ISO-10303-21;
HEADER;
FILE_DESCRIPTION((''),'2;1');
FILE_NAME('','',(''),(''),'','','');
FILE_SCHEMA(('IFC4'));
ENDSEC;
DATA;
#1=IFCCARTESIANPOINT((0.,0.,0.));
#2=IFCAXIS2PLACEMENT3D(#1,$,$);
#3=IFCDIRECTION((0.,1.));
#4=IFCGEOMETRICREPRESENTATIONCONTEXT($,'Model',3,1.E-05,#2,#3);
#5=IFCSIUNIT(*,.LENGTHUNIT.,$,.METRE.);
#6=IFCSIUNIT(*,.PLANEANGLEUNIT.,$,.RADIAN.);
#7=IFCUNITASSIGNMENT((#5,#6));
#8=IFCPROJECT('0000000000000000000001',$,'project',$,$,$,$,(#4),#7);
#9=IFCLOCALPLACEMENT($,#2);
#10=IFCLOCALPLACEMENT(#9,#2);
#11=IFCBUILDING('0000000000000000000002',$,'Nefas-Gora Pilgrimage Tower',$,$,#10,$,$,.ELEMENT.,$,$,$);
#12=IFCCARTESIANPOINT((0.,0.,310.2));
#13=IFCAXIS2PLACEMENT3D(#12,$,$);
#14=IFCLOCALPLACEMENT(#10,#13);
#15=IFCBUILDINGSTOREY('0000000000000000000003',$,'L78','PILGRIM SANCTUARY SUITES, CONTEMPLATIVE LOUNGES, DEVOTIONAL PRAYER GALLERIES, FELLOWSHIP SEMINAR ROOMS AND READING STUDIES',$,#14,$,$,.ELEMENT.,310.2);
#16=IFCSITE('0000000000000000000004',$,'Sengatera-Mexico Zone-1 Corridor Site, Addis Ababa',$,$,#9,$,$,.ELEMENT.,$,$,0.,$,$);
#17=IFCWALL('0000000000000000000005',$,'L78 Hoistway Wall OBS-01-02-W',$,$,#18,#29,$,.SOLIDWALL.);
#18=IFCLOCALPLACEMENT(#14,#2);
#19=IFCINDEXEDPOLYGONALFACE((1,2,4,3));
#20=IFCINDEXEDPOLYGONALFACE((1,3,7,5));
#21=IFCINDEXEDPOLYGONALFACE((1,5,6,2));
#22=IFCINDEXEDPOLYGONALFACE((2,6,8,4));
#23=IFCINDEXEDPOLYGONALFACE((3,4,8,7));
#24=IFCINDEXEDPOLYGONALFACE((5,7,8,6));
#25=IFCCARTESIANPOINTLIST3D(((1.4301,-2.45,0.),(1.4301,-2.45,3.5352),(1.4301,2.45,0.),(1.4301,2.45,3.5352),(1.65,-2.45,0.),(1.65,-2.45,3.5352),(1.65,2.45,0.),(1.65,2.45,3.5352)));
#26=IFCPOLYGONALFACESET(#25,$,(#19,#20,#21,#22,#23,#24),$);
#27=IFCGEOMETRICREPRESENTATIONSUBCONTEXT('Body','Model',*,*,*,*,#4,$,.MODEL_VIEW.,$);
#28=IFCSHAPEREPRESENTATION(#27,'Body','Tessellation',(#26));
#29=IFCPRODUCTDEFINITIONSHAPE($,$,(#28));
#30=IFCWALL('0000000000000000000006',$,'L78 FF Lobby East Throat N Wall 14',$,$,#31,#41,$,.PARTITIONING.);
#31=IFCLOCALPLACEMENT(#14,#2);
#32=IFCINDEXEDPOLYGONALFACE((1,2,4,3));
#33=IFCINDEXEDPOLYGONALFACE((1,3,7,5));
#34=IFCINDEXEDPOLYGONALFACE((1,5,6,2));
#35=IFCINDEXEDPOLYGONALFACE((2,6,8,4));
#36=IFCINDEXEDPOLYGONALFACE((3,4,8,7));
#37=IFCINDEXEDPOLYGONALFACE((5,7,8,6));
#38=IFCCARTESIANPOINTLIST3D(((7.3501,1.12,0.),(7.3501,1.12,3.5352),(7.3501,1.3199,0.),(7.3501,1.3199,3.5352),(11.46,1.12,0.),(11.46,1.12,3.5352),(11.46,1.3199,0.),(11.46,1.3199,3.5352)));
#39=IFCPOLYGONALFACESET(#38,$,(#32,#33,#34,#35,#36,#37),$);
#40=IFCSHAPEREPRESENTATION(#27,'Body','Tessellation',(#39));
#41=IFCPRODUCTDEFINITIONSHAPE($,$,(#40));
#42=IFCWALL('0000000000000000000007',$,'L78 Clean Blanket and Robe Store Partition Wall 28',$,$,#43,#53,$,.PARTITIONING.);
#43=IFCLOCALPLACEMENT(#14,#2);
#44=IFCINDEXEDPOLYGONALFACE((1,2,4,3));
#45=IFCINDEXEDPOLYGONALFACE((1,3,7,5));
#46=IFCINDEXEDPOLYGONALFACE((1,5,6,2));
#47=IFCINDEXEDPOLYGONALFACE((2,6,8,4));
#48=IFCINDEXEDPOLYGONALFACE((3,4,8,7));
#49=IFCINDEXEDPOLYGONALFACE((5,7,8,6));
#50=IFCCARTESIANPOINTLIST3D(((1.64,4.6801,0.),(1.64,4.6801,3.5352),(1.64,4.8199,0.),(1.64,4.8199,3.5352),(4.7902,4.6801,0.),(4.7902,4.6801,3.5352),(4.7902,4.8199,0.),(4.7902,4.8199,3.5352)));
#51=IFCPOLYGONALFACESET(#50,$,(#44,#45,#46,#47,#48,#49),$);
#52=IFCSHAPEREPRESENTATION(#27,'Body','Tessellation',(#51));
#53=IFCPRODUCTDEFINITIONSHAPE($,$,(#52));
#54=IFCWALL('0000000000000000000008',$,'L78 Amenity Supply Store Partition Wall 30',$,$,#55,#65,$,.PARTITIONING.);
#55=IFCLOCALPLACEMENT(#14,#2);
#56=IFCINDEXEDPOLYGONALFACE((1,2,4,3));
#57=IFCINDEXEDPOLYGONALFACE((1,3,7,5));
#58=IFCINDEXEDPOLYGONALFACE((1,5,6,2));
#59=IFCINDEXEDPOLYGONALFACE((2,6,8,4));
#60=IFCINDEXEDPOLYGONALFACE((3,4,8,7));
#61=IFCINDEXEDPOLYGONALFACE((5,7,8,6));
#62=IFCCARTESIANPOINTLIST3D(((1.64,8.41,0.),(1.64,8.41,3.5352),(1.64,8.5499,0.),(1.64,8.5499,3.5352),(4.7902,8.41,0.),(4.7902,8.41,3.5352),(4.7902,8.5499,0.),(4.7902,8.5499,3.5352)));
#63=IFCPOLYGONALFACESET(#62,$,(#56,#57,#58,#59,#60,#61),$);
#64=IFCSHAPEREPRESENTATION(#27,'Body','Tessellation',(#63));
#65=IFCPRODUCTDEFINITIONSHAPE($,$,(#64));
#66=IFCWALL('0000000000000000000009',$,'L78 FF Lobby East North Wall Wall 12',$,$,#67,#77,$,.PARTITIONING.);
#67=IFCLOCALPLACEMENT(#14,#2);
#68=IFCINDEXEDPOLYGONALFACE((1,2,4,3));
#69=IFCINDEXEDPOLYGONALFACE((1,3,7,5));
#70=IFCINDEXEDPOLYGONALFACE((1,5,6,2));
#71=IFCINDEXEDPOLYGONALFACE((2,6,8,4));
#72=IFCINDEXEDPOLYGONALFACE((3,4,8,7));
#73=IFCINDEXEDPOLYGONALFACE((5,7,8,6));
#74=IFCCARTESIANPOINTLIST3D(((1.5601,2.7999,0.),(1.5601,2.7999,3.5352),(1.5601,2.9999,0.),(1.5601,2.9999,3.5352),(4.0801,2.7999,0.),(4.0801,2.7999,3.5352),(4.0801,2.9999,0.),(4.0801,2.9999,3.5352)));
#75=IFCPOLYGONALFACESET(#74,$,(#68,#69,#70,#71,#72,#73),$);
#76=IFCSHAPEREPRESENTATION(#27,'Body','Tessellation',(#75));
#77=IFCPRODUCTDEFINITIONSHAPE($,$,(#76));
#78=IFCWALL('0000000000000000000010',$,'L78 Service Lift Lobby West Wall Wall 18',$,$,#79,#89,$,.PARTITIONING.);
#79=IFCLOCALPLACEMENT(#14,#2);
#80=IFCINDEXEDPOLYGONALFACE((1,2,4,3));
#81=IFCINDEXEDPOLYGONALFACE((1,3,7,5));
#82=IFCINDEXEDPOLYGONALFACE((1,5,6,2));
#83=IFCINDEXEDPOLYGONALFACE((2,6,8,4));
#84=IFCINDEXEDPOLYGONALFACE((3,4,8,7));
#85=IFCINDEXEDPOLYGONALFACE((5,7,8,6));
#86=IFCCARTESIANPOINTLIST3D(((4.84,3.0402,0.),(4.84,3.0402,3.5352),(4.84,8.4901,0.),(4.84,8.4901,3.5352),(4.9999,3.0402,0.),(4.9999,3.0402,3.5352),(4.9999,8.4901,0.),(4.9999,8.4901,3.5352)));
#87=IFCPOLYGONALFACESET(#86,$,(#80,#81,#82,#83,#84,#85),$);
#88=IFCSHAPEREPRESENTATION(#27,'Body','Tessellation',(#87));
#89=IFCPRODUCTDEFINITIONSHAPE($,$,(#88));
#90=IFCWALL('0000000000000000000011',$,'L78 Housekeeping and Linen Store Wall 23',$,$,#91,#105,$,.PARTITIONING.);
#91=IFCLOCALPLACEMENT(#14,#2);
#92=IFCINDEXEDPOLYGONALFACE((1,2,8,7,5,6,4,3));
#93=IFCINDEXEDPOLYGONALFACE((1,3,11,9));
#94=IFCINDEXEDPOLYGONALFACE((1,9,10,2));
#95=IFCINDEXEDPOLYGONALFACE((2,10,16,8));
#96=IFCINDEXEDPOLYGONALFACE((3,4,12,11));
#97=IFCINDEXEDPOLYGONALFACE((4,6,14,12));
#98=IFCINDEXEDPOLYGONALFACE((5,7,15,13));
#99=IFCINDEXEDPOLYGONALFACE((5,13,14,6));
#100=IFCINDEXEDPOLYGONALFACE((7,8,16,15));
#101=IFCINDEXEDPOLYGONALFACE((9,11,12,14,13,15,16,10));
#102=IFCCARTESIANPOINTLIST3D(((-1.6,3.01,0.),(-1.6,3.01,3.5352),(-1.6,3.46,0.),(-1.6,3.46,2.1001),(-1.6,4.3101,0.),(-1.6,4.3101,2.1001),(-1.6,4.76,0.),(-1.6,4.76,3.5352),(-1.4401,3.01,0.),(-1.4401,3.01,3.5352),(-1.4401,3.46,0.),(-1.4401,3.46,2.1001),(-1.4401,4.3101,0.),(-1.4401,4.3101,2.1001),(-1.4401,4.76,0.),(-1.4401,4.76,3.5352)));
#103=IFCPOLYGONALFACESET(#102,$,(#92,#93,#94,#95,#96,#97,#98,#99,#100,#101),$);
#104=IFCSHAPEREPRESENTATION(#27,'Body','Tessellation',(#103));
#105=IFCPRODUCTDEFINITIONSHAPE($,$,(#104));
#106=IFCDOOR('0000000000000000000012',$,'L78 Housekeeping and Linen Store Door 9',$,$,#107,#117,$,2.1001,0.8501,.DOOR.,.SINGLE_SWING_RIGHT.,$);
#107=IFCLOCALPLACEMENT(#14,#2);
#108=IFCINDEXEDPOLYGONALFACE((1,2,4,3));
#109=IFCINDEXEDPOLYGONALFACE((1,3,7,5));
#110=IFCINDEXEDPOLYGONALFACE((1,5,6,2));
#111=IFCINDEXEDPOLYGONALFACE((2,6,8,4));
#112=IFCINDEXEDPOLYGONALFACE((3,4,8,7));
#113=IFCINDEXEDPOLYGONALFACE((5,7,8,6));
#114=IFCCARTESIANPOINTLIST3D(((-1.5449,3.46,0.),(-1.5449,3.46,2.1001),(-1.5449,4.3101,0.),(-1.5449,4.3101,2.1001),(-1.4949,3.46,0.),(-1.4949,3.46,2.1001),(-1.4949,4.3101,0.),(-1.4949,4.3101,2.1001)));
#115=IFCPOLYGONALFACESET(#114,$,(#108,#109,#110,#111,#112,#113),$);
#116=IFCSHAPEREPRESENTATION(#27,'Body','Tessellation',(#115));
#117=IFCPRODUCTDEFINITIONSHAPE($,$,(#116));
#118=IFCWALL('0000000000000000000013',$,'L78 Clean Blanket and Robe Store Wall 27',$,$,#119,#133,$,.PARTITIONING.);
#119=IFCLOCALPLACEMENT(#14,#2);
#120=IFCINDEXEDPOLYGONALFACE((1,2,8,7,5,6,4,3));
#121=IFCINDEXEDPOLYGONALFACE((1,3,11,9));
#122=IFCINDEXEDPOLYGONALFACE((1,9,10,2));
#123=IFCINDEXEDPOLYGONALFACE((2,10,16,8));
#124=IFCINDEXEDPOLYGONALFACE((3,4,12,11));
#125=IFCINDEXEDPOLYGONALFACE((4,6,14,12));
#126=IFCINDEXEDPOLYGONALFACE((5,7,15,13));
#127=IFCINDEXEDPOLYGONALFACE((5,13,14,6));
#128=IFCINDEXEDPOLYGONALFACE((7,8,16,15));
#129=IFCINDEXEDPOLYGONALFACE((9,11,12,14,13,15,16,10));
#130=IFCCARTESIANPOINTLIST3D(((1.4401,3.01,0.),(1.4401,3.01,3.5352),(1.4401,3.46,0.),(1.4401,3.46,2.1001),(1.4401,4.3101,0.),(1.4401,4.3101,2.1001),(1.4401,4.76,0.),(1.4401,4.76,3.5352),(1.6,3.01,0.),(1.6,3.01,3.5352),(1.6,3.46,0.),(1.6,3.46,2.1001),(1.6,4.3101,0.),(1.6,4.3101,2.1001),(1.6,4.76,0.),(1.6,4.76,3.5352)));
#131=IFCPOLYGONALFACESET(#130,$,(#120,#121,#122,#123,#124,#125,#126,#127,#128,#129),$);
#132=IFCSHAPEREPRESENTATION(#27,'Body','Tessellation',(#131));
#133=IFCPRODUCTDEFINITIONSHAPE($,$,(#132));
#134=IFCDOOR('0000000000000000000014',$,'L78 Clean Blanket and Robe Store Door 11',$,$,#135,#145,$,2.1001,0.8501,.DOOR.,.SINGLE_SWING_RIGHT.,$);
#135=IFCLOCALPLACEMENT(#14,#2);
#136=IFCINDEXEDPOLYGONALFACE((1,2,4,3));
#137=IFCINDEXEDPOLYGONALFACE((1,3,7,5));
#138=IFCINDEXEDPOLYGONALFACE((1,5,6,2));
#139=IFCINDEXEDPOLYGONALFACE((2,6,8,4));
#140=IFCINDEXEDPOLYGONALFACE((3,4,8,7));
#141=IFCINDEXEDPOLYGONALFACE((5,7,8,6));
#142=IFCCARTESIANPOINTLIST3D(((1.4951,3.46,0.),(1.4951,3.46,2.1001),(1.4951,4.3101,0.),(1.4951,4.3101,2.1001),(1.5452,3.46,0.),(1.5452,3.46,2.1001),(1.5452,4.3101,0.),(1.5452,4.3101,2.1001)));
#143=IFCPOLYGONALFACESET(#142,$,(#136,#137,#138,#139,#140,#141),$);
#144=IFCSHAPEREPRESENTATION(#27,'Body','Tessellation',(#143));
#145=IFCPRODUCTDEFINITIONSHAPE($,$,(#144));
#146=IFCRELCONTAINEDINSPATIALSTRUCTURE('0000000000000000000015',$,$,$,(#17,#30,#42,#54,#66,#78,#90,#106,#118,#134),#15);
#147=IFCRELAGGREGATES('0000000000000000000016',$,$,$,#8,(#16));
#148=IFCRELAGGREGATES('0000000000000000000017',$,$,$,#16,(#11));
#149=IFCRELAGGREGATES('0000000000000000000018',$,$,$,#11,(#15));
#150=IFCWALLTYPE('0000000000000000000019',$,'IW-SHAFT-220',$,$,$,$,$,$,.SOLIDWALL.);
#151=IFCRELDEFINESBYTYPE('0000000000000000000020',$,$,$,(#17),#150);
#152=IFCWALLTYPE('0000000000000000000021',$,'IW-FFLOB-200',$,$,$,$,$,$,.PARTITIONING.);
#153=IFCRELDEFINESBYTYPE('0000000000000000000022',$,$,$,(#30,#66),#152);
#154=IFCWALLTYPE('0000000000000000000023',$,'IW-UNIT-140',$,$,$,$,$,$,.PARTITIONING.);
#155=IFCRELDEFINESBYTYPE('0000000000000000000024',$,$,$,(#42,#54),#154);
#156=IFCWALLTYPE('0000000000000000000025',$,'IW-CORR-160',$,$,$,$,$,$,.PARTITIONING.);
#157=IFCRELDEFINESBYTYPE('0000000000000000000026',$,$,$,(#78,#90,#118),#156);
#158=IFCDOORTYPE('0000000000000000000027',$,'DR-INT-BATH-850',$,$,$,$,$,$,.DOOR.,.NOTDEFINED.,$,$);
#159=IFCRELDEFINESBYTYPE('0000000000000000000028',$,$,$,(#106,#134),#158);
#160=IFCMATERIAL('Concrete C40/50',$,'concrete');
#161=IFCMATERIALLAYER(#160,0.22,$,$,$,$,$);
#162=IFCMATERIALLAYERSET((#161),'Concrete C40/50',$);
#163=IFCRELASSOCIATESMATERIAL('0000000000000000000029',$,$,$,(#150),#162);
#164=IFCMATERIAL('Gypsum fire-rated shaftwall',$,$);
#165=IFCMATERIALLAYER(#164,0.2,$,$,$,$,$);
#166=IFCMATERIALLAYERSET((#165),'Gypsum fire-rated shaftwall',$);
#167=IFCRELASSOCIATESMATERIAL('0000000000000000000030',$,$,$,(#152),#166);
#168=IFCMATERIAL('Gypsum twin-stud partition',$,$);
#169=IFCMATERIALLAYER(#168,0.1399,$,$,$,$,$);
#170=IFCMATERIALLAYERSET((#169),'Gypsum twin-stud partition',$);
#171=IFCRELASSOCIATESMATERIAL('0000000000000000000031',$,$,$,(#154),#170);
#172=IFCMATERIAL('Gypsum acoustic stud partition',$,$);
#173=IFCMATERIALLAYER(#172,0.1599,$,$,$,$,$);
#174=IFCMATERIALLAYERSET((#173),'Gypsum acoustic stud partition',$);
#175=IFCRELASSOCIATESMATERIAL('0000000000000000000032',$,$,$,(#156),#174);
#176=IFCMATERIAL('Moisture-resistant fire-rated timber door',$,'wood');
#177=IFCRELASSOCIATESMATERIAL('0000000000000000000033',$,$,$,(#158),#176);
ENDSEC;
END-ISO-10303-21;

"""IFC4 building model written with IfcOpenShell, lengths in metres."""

from ifc_helpers import new_model, si_unit, direction, frame, frame_2d, origin, place, context, subcontext, project, spatial, rectangle, extrude, source, transform, mapped, material, layer, layer_set, type_object, element, fill, save


model = new_model("IFC4")

# Units and contexts
model_context = context("Model", 3, precision=1e-05, world=origin(), true_north=direction((0.0, 1.0)))
body_context = subcontext(model_context, "Body", "Model", "MODEL_VIEW")
ifc_project = project(units=[si_unit("LENGTHUNIT", "METRE"), si_unit("PLANEANGLEUNIT", "RADIAN")], contexts=[model_context])

# Site, building, storey
site_placement = place(None, origin())
site = spatial("IfcSite", under=ifc_project, at=site_placement, Name="Sengatera-Mexico Zone-1 Corridor Site, Addis Ababa", CompositionType="ELEMENT", RefElevation=0.0)
building_placement = place(site_placement, origin())
building = spatial("IfcBuilding", under=site, at=building_placement, Name="Nefas-Gora Pilgrimage Tower", CompositionType="ELEMENT")
storey_placement = place(building_placement, frame((0.0, 0.0, 310.2)))
storey = spatial("IfcBuildingStorey", under=building, at=storey_placement, Name="L78", Description="PILGRIM SANCTUARY SUITES, CONTEMPLATIVE LOUNGES, DEVOTIONAL PRAYER GALLERIES, FELLOWSHIP SEMINAR ROOMS AND READING STUDIES", CompositionType="ELEMENT", Elevation=310.2)

# Shared definitions
ifc_material_1 = material(Name="Concrete C40/50", Category="concrete")

# Shared definitions
ifc_layer_1 = layer(ifc_material_1, 0.22)
ifc_layer_set_1 = layer_set([ifc_layer_1], Name="Concrete C40/50")
wall_type_1 = type_object("IfcWallType", Name="IW-SHAFT-220", PredefinedType="SOLIDWALL", material=ifc_layer_set_1)

# Wall
shared_shape_1 = source(origin(), body_context, "Body", "SweptSolid", [
    extrude(rectangle(XDim=4.8999, YDim=0.22, at=frame_2d((2.45, 0.0))), origin(), (0.0, 0.0, 1.0), 3.5352),
])
wall_1_placement = place(storey_placement, frame((1.54, 2.45, 0.0), z_axis=(0.0, 0.0, 1.0), x_axis=(0.0, -1.0, 0.0)))
element("IfcWall", 1, at=wall_1_placement, inside=storey, type_object=wall_type_1, Name="L78 Hoistway Wall OBS-01-02-W", PredefinedType="SOLIDWALL", context=body_context, shape_type="MappedRepresentation", body=[
    mapped(shared_shape_1, transform((0.0, 0.0, 0.0), x_axis=(1.0, 0.0, 0.0), y_axis=(0.0, 1.0, 0.0), z_axis=(0.0, 0.0, 1.0), scale=1.0)),
])

# Shared definitions
ifc_material_2 = material(Name="Gypsum fire-rated shaftwall")
ifc_layer_2 = layer(ifc_material_2, 0.2)
ifc_layer_set_2 = layer_set([ifc_layer_2], Name="Gypsum fire-rated shaftwall")
wall_type_2 = type_object("IfcWallType", Name="IW-FFLOB-200", PredefinedType="PARTITIONING", material=ifc_layer_set_2)

# Walls
shared_shape_2 = source(origin(), body_context, "Body", "SweptSolid", [
    extrude(rectangle(XDim=4.1099, YDim=0.2, at=frame_2d((2.0549, 0.0))), origin(), (0.0, 0.0, 1.0), 3.5352),
])
wall_2_placement = place(storey_placement, frame((7.3501, 1.22, 0.0), z_axis=(0.0, 0.0, 1.0), x_axis=(1.0, 0.0, 0.0)))
element("IfcWall", 2, at=wall_2_placement, inside=storey, type_object=wall_type_2, Name="L78 FF Lobby East Throat N Wall 14", PredefinedType="PARTITIONING", context=body_context, shape_type="MappedRepresentation", body=[
    mapped(shared_shape_2, transform((0.0, 0.0, 0.0), x_axis=(1.0, 0.0, 0.0), y_axis=(0.0, 1.0, 0.0), z_axis=(0.0, 0.0, 1.0), scale=1.0)),
])
ifc_material_3 = material(Name="Gypsum twin-stud partition")
ifc_layer_3 = layer(ifc_material_3, 0.1399)
ifc_layer_set_3 = layer_set([ifc_layer_3], Name="Gypsum twin-stud partition")
wall_type_3 = type_object("IfcWallType", Name="IW-UNIT-140", PredefinedType="PARTITIONING", material=ifc_layer_set_3)
shared_shape_3 = source(origin(), body_context, "Body", "SweptSolid", [
    extrude(rectangle(XDim=3.1501, YDim=0.1399, at=frame_2d((1.5752, 0.0))), origin(), (0.0, 0.0, 1.0), 3.5352),
])
for number, where, z_axis, x_axis, name in (
    (3, (1.6399, 4.75, 0.0), (0.0, 0.0, 1.0), (1.0, 0.0, 0.0), "L78 Clean Blanket and Robe Store Partition Wall 28"),
    (4, (1.6399, 8.48, 0.0), (0.0, 0.0, 1.0), (1.0, 0.0, 0.0), "L78 Amenity Supply Store Partition Wall 30"),
):
    element("IfcWall", number, at=place(storey_placement, frame(where, z_axis=z_axis, x_axis=x_axis)), inside=storey, type_object=wall_type_3, Name=name, PredefinedType="PARTITIONING", context=body_context, shape_type="MappedRepresentation", body=[
        mapped(shared_shape_3, transform((0.0, 0.0, 0.0), x_axis=(1.0, 0.0, 0.0), y_axis=(0.0, 1.0, 0.0), z_axis=(0.0, 0.0, 1.0), scale=1.0)),
    ])
shared_shape_4 = source(origin(), body_context, "Body", "SweptSolid", [
    extrude(rectangle(XDim=2.52, YDim=0.2, at=frame_2d((1.26, 0.0))), origin(), (0.0, 0.0, 1.0), 3.5352),
])
wall_3_placement = place(storey_placement, frame((1.5601, 2.8999, 0.0), z_axis=(0.0, 0.0, 1.0), x_axis=(1.0, 0.0, 0.0)))
element("IfcWall", 5, at=wall_3_placement, inside=storey, type_object=wall_type_2, Name="L78 FF Lobby East North Wall Wall 12", PredefinedType="PARTITIONING", context=body_context, shape_type="MappedRepresentation", body=[
    mapped(shared_shape_4, transform((0.0, 0.0, 0.0), x_axis=(1.0, 0.0, 0.0), y_axis=(0.0, 1.0, 0.0), z_axis=(0.0, 0.0, 1.0), scale=1.0)),
])
ifc_material_4 = material(Name="Gypsum acoustic stud partition")
ifc_layer_4 = layer(ifc_material_4, 0.1599)
ifc_layer_set_4 = layer_set([ifc_layer_4], Name="Gypsum acoustic stud partition")
wall_type_4 = type_object("IfcWallType", Name="IW-CORR-160", PredefinedType="PARTITIONING", material=ifc_layer_set_4)
shared_shape_5 = source(origin(), body_context, "Body", "SweptSolid", [
    extrude(rectangle(XDim=5.45, YDim=0.1599, at=frame_2d((2.7251, 0.0))), origin(), (0.0, 0.0, 1.0), 3.5352),
])
wall_4_placement = place(storey_placement, frame((4.9199, 3.04, 0.0), z_axis=(0.0, 0.0, 1.0), x_axis=(0.0, 1.0, 0.0)))
element("IfcWall", 6, at=wall_4_placement, inside=storey, type_object=wall_type_4, Name="L78 Service Lift Lobby West Wall Wall 18", PredefinedType="PARTITIONING", context=body_context, shape_type="MappedRepresentation", body=[
    mapped(shared_shape_5, transform((0.0, 0.0, 0.0), x_axis=(1.0, 0.0, 0.0), y_axis=(0.0, 1.0, 0.0), z_axis=(0.0, 0.0, 1.0), scale=1.0)),
])

# Walls, openings, doors
shared_shape_6 = source(origin(), body_context, "Body", "SweptSolid", [
    extrude(rectangle(XDim=1.75, YDim=0.1599, at=frame_2d((0.875, 0.0))), origin(), (0.0, 0.0, 1.0), 3.5352),
])
wall_5_placement = place(storey_placement, frame((-1.52, 3.01, 0.0), z_axis=(0.0, 0.0, 1.0), x_axis=(0.0, 1.0, 0.0)))
wall_5 = element("IfcWall", 7, at=wall_5_placement, inside=storey, type_object=wall_type_4, Name="L78 Housekeeping and Linen Store Wall 23", PredefinedType="PARTITIONING", context=body_context, shape_type="MappedRepresentation", body=[
    mapped(shared_shape_6, transform((0.0, 0.0, 0.0), x_axis=(1.0, 0.0, 0.0), y_axis=(0.0, 1.0, 0.0), z_axis=(0.0, 0.0, 1.0), scale=1.0)),
])
opening_1_placement = place(wall_5_placement, frame((0.45, 0.0, 0.0)))
opening_1 = element("IfcOpeningElement", 8, at=opening_1_placement, cuts=wall_5, PredefinedType="OPENING", context=body_context, shape_type="SweptSolid", body=[
    extrude(rectangle(XDim=0.8501, YDim=2.1001, at=frame_2d((0.425, 1.05))), frame((0.0, 0.0898, 0.0), z_axis=(0.0, -1.0, 0.0), x_axis=(1.0, 0.0, 0.0)), (0.0, 0.0, 1.0), 0.1799),
])
ifc_material_5 = material(Name="Moisture-resistant fire-rated timber door", Category="wood")
door_type_1 = type_object("IfcDoorType", Name="DR-INT-BATH-850", OperationType="NOTDEFINED", PredefinedType="DOOR", material=ifc_material_5)
shared_shape_7 = source(origin(), body_context, "Body", "SweptSolid", [
    extrude(rectangle(XDim=0.8501, YDim=2.1001, at=frame_2d((0.425, 1.05))), frame((0.0, 0.0249, 0.0), z_axis=(0.0, -1.0, 0.0), x_axis=(1.0, 0.0, 0.0)), (0.0, 0.0, 1.0), 0.05),
])
door_1_placement = place(opening_1_placement, origin())
door_1 = element("IfcDoor", 9, at=door_1_placement, inside=storey, type_object=door_type_1, Name="L78 Housekeeping and Linen Store Door 9", OperationType="SINGLE_SWING_RIGHT", OverallHeight=2.1001, OverallWidth=0.8501, PredefinedType="DOOR", context=body_context, shape_type="MappedRepresentation", body=[
    mapped(shared_shape_7, transform((0.0, 0.0, 0.0), x_axis=(1.0, 0.0, 0.0), y_axis=(0.0, 1.0, 0.0), z_axis=(0.0, 0.0, 1.0), scale=1.0)),
])
fill(opening_1, door_1)
wall_6_placement = place(storey_placement, frame((1.52, 3.01, 0.0), z_axis=(0.0, 0.0, 1.0), x_axis=(0.0, 1.0, 0.0)))
wall_6 = element("IfcWall", 10, at=wall_6_placement, inside=storey, type_object=wall_type_4, Name="L78 Clean Blanket and Robe Store Wall 27", PredefinedType="PARTITIONING", context=body_context, shape_type="MappedRepresentation", body=[
    mapped(shared_shape_6, transform((0.0, 0.0, 0.0), x_axis=(1.0, 0.0, 0.0), y_axis=(0.0, 1.0, 0.0), z_axis=(0.0, 0.0, 1.0), scale=1.0)),
])
opening_2_placement = place(wall_6_placement, frame((0.45, 0.0, 0.0)))
opening_2 = element("IfcOpeningElement", 11, at=opening_2_placement, cuts=wall_6, PredefinedType="OPENING", context=body_context, shape_type="SweptSolid", body=[
    extrude(rectangle(XDim=0.8501, YDim=2.1001, at=frame_2d((0.425, 1.05))), frame((0.0, 0.0898, 0.0), z_axis=(0.0, -1.0, 0.0), x_axis=(1.0, 0.0, 0.0)), (0.0, 0.0, 1.0), 0.1799),
])
door_2_placement = place(opening_2_placement, origin())
door_2 = element("IfcDoor", 12, at=door_2_placement, inside=storey, type_object=door_type_1, Name="L78 Clean Blanket and Robe Store Door 11", OperationType="SINGLE_SWING_RIGHT", OverallHeight=2.1001, OverallWidth=0.8501, PredefinedType="DOOR", context=body_context, shape_type="MappedRepresentation", body=[
    mapped(shared_shape_7, transform((0.0, 0.0, 0.0), x_axis=(1.0, 0.0, 0.0), y_axis=(0.0, 1.0, 0.0), z_axis=(0.0, 0.0, 1.0), scale=1.0)),
])
fill(opening_2, door_2)

save(model, "model.ifc")
